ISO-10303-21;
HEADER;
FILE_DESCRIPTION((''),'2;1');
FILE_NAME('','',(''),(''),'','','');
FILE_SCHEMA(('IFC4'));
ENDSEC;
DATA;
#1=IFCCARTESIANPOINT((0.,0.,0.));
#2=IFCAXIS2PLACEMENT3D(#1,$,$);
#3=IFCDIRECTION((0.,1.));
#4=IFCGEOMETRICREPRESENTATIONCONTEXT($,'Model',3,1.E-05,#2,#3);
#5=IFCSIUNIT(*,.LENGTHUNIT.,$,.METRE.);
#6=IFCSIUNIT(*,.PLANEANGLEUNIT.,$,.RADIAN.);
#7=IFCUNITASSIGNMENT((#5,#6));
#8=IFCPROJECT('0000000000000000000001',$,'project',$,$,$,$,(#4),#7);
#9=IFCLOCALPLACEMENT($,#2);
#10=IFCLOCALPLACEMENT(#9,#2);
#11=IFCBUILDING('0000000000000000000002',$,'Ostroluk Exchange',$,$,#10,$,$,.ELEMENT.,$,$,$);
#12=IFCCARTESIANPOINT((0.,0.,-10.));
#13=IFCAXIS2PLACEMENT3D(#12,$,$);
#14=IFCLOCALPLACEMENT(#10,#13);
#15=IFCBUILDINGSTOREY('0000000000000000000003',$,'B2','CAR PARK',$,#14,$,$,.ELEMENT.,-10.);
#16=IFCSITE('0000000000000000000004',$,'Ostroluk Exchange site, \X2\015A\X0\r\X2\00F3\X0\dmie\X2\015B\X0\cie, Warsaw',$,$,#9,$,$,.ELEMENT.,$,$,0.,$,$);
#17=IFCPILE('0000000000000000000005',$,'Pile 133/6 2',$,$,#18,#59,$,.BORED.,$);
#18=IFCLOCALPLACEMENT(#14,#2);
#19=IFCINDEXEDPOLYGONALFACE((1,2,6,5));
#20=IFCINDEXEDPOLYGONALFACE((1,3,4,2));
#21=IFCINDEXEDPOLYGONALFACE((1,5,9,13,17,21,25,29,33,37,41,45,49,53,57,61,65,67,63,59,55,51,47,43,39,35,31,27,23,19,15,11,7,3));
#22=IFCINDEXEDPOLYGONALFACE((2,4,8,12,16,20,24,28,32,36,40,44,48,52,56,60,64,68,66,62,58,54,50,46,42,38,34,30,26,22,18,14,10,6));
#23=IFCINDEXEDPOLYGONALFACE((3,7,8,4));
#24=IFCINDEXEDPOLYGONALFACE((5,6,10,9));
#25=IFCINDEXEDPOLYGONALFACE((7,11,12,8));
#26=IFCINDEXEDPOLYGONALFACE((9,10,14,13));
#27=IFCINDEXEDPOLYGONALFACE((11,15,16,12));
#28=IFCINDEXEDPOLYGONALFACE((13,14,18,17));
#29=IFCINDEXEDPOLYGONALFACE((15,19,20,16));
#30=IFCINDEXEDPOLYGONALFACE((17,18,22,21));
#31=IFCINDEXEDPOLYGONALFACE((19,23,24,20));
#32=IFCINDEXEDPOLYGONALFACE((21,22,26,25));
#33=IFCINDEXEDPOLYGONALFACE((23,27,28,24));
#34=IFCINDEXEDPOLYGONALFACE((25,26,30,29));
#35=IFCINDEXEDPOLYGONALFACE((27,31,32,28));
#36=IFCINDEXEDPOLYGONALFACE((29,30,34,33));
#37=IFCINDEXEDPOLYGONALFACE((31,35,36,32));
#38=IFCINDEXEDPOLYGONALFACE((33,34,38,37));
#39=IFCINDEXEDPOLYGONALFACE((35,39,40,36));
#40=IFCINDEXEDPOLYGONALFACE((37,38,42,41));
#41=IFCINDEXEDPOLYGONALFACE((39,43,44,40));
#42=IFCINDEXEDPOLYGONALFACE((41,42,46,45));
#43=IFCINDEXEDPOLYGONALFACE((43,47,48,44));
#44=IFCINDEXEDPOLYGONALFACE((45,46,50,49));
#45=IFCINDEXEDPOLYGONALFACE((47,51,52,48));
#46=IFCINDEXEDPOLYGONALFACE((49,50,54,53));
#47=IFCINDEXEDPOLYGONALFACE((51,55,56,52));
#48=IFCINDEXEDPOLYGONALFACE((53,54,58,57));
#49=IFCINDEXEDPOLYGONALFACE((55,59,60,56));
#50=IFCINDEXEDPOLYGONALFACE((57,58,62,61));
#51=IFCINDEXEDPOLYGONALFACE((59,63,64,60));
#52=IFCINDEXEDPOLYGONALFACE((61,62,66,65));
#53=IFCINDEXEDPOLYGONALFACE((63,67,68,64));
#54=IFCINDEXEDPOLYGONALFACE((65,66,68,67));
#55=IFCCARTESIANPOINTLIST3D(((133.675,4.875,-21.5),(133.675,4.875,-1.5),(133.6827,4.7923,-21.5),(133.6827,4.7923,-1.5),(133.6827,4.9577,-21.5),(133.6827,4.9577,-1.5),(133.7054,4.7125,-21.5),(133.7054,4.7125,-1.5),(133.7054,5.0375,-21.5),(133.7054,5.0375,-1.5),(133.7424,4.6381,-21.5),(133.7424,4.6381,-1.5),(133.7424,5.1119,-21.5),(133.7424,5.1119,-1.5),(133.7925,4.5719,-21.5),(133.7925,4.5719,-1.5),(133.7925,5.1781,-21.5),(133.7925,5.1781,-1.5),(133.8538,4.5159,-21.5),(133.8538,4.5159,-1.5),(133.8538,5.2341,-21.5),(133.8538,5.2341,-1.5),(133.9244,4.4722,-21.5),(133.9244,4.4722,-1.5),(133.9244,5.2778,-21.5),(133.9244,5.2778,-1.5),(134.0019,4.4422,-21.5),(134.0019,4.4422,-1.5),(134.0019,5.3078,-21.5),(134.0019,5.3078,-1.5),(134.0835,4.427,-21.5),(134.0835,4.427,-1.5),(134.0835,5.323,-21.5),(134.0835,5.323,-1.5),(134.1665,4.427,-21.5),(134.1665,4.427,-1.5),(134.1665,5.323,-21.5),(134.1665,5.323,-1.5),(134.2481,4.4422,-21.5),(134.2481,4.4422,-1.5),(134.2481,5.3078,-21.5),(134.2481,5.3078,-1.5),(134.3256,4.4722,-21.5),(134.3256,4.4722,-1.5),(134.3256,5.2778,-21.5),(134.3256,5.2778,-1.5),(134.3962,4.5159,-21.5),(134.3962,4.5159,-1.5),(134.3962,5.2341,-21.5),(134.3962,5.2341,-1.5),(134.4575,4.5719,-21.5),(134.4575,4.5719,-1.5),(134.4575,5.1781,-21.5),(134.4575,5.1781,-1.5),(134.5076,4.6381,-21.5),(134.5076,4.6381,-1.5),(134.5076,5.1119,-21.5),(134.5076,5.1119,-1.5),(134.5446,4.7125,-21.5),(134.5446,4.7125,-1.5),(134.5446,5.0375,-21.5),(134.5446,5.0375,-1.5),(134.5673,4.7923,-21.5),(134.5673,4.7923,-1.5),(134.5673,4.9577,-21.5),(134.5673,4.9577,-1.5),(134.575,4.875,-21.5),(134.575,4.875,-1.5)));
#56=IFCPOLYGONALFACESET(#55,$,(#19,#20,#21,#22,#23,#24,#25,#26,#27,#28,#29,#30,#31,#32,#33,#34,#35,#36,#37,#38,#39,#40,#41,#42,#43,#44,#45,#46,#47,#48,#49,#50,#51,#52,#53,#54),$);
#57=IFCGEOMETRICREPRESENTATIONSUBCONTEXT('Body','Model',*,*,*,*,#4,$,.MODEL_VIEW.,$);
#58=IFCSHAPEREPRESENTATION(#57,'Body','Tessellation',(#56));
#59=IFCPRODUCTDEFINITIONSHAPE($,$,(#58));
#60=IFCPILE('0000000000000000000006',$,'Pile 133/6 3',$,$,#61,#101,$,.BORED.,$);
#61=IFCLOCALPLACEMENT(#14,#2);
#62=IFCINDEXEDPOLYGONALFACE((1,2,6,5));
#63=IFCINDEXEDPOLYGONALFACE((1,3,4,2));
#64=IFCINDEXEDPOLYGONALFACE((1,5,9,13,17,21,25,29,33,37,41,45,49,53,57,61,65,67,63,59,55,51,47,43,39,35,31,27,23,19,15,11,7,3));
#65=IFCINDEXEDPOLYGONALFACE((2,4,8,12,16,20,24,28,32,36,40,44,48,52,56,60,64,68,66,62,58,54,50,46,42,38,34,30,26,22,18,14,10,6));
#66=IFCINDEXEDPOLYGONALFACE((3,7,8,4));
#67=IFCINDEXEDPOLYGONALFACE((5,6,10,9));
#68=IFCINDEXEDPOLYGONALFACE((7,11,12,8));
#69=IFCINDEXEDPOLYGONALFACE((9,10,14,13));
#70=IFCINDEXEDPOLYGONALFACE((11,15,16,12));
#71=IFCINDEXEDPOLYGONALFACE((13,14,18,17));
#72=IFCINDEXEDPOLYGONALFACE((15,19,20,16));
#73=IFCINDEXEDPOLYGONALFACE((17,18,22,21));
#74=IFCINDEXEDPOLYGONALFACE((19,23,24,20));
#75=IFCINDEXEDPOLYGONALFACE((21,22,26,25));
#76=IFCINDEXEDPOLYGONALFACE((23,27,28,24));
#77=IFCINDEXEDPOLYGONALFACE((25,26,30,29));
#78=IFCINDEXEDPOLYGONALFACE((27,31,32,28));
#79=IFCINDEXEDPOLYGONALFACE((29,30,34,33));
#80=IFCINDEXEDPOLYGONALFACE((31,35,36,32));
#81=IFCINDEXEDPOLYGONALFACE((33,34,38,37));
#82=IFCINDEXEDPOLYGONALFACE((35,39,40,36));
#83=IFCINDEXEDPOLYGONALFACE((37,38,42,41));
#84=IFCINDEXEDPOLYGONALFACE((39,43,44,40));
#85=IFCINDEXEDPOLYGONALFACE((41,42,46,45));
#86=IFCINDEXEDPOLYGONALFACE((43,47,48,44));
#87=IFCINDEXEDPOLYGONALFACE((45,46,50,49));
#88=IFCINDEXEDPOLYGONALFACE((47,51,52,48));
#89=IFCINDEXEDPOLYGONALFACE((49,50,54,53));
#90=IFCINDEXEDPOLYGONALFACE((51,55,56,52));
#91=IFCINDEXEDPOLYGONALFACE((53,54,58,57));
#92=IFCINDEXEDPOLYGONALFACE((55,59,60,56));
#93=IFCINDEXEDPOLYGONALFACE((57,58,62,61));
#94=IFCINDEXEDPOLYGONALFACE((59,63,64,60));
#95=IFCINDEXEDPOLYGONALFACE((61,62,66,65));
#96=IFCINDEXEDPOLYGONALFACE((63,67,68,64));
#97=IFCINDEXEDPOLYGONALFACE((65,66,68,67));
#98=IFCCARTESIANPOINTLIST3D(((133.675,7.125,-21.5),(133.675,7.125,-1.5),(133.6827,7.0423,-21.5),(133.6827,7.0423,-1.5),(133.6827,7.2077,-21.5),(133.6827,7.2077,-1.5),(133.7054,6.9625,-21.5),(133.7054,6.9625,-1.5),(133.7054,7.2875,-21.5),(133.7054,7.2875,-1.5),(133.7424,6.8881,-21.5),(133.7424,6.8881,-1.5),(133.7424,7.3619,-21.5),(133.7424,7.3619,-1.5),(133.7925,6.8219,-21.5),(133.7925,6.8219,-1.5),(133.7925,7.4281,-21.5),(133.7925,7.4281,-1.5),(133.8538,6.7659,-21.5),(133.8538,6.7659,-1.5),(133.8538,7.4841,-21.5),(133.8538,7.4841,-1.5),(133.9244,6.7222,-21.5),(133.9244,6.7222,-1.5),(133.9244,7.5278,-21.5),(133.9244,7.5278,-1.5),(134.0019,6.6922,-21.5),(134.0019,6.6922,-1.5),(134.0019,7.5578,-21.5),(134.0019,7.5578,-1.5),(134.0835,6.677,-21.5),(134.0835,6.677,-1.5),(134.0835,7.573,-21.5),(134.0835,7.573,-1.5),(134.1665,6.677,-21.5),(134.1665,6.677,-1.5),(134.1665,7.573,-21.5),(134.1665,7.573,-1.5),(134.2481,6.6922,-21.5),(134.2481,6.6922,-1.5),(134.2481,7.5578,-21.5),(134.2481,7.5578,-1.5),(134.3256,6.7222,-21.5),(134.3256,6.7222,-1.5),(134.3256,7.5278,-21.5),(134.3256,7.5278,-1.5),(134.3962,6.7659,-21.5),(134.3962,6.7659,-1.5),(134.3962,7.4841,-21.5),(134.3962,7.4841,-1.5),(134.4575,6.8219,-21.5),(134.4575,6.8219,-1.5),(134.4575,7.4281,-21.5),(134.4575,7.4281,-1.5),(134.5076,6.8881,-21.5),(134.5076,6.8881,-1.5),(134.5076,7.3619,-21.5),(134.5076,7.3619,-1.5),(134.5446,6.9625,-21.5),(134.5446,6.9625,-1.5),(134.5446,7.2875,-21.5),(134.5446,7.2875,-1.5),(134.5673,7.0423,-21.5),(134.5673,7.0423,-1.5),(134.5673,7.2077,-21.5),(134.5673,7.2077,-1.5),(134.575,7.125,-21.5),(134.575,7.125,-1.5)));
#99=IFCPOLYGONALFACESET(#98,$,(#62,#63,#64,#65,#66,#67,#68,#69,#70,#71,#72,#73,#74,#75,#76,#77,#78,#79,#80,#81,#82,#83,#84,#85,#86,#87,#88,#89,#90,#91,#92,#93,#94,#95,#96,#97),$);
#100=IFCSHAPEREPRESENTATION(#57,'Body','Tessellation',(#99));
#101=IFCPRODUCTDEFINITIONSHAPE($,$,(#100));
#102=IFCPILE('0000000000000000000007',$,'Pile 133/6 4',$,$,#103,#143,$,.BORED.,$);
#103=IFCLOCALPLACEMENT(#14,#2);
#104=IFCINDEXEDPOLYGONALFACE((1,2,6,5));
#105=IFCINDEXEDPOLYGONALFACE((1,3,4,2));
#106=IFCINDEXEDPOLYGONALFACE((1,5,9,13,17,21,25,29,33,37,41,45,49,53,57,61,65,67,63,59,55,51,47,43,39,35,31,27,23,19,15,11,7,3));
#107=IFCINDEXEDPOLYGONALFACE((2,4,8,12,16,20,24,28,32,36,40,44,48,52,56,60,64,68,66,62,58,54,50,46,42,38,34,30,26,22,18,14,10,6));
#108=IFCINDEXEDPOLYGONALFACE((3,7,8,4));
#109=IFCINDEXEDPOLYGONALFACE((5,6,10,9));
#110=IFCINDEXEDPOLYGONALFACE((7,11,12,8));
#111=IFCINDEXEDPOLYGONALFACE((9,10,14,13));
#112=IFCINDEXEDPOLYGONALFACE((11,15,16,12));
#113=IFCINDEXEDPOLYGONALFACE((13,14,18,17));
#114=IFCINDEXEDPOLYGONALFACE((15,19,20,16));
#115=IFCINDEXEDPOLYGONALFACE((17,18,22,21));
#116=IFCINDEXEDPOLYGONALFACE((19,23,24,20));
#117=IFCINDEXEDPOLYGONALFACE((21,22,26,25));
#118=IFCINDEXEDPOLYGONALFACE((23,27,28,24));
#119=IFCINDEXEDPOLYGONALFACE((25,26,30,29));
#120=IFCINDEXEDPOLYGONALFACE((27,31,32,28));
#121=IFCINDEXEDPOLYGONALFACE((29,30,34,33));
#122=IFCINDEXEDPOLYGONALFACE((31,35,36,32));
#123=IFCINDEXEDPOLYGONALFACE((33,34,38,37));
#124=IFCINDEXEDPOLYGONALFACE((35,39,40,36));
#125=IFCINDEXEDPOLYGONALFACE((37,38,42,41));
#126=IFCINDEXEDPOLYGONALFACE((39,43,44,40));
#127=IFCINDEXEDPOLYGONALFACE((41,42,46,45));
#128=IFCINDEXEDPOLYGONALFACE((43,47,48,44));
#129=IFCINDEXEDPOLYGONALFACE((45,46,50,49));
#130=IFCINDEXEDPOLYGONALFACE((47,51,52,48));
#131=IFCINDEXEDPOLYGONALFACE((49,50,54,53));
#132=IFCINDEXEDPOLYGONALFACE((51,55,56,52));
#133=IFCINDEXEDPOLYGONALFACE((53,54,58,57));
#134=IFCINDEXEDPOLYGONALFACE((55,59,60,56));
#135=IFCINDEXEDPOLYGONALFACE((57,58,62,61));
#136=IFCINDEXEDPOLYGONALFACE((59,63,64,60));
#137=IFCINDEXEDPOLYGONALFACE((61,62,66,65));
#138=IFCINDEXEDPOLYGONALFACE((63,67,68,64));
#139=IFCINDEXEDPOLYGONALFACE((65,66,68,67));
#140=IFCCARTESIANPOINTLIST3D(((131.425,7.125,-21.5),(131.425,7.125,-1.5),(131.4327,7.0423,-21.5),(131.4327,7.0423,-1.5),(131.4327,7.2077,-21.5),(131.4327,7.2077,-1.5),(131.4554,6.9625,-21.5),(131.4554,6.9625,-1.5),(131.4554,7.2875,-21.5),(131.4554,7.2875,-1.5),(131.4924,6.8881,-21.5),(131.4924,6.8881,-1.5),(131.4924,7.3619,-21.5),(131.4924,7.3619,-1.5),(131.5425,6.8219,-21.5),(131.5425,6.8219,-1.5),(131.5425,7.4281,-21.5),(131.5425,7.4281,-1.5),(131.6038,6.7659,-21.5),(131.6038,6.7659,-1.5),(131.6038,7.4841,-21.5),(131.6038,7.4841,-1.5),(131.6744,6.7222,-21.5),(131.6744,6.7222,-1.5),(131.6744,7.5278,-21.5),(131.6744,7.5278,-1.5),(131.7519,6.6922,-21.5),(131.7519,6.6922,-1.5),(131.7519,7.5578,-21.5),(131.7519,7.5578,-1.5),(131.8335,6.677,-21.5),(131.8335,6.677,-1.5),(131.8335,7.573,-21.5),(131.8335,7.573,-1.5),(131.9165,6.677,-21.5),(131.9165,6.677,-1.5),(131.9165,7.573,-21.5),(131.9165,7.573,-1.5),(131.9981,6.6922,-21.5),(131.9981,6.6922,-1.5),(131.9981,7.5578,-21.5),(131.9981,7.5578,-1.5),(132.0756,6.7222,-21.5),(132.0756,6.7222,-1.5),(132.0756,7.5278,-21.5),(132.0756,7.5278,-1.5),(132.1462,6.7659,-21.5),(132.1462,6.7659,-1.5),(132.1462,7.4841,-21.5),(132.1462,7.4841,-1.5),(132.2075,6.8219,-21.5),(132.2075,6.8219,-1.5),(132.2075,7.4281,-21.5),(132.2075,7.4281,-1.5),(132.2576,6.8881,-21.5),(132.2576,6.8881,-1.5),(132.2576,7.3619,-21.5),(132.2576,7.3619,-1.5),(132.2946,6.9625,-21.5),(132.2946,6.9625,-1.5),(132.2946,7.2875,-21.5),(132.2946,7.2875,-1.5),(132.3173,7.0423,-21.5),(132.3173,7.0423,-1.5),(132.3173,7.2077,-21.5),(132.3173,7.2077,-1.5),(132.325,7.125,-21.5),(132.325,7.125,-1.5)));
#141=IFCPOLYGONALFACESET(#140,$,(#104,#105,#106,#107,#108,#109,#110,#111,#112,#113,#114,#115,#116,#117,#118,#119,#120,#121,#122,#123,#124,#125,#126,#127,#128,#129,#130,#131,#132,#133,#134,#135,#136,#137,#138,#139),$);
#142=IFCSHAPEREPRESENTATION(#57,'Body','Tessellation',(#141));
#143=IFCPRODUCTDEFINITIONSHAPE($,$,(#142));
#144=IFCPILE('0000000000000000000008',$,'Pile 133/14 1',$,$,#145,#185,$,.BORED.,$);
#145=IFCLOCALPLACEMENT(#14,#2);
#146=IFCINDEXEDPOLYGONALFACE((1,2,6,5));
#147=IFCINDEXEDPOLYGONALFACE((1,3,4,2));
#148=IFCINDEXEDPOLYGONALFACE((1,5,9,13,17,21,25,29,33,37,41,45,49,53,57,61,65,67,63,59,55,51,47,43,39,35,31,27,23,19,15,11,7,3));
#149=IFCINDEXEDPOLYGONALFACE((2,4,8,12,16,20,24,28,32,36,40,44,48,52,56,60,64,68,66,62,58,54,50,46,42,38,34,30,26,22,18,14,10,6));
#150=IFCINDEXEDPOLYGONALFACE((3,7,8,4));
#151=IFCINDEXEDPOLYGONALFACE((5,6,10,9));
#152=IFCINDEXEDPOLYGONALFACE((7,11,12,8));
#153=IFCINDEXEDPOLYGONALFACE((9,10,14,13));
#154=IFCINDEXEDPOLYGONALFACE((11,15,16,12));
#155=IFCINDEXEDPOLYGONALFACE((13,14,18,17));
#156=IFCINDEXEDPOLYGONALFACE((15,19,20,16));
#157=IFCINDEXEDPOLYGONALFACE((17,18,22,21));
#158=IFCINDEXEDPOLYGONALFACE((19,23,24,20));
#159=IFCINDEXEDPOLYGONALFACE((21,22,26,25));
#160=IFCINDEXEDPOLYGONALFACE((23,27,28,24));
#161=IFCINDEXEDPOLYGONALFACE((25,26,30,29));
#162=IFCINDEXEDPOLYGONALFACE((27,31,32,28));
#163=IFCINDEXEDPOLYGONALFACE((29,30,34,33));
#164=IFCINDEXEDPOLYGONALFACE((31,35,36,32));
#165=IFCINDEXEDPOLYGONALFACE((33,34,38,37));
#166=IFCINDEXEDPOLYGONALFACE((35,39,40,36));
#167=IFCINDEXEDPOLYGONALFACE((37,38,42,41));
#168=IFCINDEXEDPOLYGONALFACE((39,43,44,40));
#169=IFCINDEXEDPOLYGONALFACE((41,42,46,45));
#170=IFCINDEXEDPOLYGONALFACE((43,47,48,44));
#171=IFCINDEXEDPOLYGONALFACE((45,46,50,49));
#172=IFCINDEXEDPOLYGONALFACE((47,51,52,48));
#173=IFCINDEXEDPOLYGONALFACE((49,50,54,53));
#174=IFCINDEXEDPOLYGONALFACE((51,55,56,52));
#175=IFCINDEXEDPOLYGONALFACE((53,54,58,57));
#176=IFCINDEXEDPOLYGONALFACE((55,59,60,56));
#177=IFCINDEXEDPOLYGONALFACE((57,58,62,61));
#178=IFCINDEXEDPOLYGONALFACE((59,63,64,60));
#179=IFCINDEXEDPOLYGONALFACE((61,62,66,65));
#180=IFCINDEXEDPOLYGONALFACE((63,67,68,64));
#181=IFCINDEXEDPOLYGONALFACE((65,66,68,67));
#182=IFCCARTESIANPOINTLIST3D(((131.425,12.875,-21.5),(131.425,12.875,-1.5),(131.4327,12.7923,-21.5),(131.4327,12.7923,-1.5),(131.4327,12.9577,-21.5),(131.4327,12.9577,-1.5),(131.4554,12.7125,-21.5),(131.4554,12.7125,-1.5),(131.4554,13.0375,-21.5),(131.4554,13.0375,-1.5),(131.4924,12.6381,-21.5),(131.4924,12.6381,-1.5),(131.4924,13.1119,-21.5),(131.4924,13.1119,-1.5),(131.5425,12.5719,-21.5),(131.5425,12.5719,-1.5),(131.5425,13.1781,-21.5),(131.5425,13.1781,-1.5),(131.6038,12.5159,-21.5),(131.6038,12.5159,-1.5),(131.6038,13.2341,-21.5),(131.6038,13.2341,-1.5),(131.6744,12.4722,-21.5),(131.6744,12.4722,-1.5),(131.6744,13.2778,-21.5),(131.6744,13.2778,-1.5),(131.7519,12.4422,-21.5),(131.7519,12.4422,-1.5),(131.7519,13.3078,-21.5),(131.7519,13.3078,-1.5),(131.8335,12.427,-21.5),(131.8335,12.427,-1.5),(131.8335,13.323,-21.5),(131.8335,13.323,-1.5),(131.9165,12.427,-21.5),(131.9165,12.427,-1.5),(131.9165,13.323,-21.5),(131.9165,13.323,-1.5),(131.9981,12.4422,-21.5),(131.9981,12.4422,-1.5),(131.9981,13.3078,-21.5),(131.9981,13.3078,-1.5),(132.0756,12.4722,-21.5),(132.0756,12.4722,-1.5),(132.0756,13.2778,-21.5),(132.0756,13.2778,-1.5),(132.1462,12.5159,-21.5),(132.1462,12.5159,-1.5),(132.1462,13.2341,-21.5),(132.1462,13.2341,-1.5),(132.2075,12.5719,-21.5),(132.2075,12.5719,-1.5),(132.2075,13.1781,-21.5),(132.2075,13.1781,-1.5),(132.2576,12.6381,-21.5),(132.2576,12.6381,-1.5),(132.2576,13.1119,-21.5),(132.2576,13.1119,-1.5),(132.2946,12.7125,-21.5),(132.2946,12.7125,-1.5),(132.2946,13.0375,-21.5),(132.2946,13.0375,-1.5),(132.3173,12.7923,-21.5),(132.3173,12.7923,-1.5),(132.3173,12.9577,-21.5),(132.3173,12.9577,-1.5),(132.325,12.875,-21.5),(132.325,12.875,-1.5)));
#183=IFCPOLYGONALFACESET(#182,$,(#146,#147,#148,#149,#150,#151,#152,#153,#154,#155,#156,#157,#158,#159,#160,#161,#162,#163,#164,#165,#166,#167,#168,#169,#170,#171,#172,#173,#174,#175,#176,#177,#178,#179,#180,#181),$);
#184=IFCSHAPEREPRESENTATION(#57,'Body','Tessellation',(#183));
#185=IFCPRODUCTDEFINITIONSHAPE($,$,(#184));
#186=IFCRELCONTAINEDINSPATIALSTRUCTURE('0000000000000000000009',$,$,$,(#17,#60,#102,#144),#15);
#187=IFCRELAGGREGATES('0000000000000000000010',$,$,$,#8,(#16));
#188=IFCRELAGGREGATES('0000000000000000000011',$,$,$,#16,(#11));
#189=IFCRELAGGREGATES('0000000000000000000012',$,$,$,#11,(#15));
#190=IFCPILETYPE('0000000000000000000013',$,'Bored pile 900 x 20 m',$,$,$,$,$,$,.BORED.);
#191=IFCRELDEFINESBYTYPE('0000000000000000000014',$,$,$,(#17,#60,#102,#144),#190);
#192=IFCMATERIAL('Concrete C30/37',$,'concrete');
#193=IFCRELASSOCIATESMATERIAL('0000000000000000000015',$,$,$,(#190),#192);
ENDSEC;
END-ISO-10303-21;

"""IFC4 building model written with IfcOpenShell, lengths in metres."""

from ifc_helpers import new_model, si_unit, direction, frame, origin, origin_2d, place, context, subcontext, project, spatial, circle, extrude, material, type_object, element, save


model = new_model("IFC4")

# Units and contexts
model_context = context("Model", 3, precision=1e-05, world=origin(), true_north=direction((0.0, 1.0)))
body_context = subcontext(model_context, "Body", "Model", "MODEL_VIEW")
ifc_project = project(units=[si_unit("LENGTHUNIT", "METRE"), si_unit("PLANEANGLEUNIT", "RADIAN")], contexts=[model_context])

# Site, building, storey
site_placement = place(None, origin())
site = spatial("IfcSite", under=ifc_project, at=site_placement, Name="Ostroluk Exchange site, Śródmieście, Warsaw", CompositionType="ELEMENT", RefElevation=0.0)
building_placement = place(site_placement, origin())
building = spatial("IfcBuilding", under=site, at=building_placement, Name="Ostroluk Exchange", CompositionType="ELEMENT")
storey_placement = place(building_placement, frame((0.0, 0.0, -10.0)))
storey = spatial("IfcBuildingStorey", under=building, at=storey_placement, Name="B2", Description="CAR PARK", CompositionType="ELEMENT", Elevation=-10.0)

# Piles
ifc_material_1 = material(Name="Concrete C30/37", Category="concrete")
pile_type = type_object("IfcPileType", Name="Bored pile 900 x 20 m", PredefinedType="BORED", material=ifc_material_1)
for number, where, z_axis, x_axis, name in (
    (1, (134.125, 4.875, -1.5), (0.0, 0.0, -1.0), (1.0, 0.0, 0.0), "Pile 133/6 2"),
    (2, (134.125, 7.125, -1.5), (0.0, 0.0, -1.0), (1.0, 0.0, 0.0), "Pile 133/6 3"),
    (3, (131.875, 7.125, -1.5), (0.0, 0.0, -1.0), (1.0, 0.0, 0.0), "Pile 133/6 4"),
    (4, (131.875, 12.875, -1.5), (0.0, 0.0, -1.0), (1.0, 0.0, 0.0), "Pile 133/14 1"),
):
    element("IfcPile", number, at=place(storey_placement, frame(where, z_axis=z_axis, x_axis=x_axis)), inside=storey, type_object=pile_type, Name=name, PredefinedType="BORED", context=body_context, shape_type="SweptSolid", body=[
        extrude(circle(Radius=0.45, at=origin_2d()), origin(), (0.0, 0.0, 1.0), 20.0),
    ])

save(model, "model.ifc")
